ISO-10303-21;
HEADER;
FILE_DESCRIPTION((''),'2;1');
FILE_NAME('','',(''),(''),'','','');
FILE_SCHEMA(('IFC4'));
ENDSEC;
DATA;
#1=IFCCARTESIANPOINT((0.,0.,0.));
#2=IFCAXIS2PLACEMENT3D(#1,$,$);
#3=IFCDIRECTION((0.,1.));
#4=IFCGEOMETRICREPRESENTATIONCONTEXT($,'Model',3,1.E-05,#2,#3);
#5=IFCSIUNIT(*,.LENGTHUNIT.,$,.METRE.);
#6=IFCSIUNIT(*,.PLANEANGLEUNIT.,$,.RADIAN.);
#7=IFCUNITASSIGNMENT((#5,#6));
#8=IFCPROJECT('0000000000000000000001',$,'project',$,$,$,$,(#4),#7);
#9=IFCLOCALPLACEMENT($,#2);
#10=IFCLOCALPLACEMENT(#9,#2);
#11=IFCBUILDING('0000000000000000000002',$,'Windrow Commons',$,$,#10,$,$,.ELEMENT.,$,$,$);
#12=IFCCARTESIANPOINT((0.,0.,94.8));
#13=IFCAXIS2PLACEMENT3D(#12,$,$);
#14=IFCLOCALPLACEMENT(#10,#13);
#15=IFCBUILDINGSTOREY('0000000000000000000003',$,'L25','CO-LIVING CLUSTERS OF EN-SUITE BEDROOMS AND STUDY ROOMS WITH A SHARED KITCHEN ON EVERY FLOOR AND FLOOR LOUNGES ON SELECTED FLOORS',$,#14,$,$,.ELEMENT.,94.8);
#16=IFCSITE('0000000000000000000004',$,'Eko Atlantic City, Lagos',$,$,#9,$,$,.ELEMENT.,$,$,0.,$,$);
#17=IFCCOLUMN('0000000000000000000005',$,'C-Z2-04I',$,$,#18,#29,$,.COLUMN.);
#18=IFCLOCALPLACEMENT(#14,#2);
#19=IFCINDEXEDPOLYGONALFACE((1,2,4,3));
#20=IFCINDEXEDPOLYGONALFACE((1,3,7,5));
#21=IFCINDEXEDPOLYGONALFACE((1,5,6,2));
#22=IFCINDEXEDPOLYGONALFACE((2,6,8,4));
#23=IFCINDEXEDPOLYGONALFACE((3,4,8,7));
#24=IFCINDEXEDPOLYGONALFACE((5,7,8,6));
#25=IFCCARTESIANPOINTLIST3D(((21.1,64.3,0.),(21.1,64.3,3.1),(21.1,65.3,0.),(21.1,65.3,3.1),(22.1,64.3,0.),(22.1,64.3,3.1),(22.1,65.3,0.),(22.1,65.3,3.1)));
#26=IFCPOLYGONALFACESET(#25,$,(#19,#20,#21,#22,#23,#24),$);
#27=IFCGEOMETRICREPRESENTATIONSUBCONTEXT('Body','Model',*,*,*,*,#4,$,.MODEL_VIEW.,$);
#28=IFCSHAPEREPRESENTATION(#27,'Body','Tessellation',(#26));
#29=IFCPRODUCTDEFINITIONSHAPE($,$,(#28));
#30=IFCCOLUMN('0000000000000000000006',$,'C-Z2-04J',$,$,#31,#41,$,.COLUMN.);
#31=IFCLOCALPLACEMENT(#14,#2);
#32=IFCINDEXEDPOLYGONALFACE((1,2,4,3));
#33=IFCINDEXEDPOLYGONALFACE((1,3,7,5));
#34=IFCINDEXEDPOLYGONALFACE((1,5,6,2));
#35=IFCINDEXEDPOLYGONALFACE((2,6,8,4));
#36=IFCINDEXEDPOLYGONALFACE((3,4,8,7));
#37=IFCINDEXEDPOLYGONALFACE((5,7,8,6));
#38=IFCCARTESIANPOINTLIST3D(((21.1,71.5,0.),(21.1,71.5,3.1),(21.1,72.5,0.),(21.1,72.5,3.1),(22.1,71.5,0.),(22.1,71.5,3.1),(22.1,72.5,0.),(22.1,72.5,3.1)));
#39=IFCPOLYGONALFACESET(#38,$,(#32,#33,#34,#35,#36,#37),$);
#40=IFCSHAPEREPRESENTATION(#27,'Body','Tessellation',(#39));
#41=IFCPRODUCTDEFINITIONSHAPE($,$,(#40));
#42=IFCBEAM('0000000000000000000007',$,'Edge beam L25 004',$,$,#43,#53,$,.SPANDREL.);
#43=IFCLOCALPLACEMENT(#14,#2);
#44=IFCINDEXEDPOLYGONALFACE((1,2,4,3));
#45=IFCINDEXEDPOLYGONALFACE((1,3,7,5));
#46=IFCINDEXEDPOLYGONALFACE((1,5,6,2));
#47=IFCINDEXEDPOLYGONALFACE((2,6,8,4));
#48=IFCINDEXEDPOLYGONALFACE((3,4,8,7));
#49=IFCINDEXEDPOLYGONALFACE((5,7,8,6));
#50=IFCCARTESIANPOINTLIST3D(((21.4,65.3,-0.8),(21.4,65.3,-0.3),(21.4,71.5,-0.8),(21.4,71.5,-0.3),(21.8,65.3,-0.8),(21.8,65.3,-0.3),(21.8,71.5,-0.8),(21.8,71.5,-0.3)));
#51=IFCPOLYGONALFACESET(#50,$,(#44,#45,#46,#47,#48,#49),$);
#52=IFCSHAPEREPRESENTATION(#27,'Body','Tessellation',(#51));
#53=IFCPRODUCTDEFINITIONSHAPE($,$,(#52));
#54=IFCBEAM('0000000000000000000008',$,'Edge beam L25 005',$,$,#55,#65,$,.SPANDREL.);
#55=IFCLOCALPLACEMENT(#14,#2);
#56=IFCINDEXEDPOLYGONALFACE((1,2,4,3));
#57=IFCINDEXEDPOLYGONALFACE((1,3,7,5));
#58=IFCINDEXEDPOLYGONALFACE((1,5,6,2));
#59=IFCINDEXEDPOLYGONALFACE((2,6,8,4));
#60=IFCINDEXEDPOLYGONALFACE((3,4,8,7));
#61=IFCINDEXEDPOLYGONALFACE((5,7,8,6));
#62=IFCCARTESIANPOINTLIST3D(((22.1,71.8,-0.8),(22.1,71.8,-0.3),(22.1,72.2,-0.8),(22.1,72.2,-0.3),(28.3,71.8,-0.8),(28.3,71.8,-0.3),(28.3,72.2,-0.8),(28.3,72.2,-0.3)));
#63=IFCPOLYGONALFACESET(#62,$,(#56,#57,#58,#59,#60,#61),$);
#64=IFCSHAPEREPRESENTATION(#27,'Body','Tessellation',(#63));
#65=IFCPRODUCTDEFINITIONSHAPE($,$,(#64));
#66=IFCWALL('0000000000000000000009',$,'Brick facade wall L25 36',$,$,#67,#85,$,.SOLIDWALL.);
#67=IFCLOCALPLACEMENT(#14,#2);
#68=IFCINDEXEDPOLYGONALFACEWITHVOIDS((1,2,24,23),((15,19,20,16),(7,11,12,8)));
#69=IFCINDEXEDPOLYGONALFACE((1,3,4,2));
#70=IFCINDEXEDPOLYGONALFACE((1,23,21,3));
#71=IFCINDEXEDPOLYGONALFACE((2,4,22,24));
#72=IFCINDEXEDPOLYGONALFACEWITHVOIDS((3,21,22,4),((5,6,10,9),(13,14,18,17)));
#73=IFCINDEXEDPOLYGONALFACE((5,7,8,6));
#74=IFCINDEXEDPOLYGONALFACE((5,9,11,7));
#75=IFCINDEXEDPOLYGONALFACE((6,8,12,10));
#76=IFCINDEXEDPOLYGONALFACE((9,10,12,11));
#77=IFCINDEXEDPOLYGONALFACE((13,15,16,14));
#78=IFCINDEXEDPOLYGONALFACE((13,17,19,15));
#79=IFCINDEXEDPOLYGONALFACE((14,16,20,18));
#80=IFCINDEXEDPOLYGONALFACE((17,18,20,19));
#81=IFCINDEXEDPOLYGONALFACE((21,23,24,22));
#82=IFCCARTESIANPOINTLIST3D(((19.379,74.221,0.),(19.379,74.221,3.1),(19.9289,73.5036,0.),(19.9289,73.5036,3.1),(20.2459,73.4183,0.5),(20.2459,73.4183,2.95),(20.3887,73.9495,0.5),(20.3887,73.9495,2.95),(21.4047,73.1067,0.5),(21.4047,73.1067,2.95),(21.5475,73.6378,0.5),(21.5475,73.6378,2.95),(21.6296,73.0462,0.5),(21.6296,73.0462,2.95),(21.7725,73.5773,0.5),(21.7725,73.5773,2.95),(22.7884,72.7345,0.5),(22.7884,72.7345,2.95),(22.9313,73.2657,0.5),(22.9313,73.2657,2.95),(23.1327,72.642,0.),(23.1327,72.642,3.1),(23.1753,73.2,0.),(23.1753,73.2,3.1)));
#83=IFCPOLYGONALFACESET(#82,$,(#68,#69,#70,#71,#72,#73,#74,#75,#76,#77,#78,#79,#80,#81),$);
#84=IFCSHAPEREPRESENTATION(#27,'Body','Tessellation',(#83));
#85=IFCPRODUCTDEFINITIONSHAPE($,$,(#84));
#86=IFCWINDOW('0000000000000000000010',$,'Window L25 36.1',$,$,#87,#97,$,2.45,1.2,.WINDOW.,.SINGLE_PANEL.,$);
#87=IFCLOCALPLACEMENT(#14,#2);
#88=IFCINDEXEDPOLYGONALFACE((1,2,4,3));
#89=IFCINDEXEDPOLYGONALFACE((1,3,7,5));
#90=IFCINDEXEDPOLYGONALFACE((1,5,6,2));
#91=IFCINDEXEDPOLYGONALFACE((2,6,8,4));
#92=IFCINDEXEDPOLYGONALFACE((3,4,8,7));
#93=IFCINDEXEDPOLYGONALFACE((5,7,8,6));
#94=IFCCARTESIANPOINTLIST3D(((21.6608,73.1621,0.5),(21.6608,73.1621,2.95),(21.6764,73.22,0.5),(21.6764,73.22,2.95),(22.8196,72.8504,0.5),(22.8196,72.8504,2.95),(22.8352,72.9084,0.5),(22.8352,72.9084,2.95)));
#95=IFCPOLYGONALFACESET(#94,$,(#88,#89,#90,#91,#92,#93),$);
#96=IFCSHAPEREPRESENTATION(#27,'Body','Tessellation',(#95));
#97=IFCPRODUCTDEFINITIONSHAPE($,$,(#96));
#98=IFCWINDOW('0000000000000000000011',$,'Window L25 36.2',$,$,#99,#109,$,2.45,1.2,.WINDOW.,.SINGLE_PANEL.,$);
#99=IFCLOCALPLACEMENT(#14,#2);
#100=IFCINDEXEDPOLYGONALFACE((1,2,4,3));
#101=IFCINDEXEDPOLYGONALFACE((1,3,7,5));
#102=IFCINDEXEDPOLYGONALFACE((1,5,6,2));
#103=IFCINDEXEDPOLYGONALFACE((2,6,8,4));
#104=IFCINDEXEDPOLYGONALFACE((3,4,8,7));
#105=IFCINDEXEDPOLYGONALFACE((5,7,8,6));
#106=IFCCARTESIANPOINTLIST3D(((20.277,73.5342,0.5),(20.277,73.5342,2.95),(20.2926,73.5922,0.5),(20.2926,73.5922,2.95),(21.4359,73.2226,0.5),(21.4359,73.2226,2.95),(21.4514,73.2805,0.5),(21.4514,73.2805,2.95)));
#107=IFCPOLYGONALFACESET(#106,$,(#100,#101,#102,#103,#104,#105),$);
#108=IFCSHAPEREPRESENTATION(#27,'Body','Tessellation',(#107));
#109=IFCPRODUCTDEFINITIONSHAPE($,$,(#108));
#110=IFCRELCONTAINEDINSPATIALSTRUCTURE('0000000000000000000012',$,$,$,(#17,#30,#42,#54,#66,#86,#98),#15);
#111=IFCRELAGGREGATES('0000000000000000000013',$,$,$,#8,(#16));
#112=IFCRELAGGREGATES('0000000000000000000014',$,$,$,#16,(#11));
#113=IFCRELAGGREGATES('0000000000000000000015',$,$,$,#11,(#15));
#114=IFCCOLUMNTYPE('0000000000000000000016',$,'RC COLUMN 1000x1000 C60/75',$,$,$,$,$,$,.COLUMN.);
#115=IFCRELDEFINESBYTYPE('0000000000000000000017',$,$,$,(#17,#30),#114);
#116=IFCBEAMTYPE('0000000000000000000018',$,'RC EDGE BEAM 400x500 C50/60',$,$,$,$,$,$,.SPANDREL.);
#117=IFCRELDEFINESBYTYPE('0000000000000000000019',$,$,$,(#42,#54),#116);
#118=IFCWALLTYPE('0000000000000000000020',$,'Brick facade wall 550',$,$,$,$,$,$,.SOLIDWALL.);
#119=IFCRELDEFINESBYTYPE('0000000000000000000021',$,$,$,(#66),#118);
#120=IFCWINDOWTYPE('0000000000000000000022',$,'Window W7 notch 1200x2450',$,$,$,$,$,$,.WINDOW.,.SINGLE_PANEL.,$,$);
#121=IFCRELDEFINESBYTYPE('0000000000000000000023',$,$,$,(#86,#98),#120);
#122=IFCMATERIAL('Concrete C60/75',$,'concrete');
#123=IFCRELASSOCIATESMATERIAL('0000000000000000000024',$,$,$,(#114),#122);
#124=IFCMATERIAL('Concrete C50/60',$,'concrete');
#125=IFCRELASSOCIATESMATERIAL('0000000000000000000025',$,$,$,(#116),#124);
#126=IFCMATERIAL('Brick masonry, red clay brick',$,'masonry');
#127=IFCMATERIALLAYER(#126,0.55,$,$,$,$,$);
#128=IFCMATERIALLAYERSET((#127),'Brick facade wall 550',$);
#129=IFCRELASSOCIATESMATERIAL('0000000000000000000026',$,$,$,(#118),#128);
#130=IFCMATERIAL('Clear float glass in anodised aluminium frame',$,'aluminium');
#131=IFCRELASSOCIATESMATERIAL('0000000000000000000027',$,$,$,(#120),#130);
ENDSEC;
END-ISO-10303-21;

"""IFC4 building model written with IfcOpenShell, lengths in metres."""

from ifc_helpers import new_model, si_unit, direction, frame, frame_2d, origin, origin_2d, place, context, subcontext, project, spatial, polyline, rectangle, outline, extrude, material, layer, layer_set, material_profile, profile_set, type_object, element, fill, save


model = new_model("IFC4")

# Units and contexts
model_context = context("Model", 3, precision=1e-05, world=origin(), true_north=direction((0.0, 1.0)))
body_context = subcontext(model_context, "Body", "Model", "MODEL_VIEW")
ifc_project = project(units=[si_unit("LENGTHUNIT", "METRE"), si_unit("PLANEANGLEUNIT", "RADIAN")], contexts=[model_context])

# Site, building, storey
site_placement = place(None, origin())
site = spatial("IfcSite", under=ifc_project, at=site_placement, Name="Eko Atlantic City, Lagos", CompositionType="ELEMENT", RefElevation=0.0)
building_placement = place(site_placement, origin())
building = spatial("IfcBuilding", under=site, at=building_placement, Name="Windrow Commons", CompositionType="ELEMENT")
storey_placement = place(building_placement, frame((0.0, 0.0, 94.8)))
storey = spatial("IfcBuildingStorey", under=building, at=storey_placement, Name="L25", Description="CO-LIVING CLUSTERS OF EN-SUITE BEDROOMS AND STUDY ROOMS WITH A SHARED KITCHEN ON EVERY FLOOR AND FLOOR LOUNGES ON SELECTED FLOORS", CompositionType="ELEMENT", Elevation=94.8)

# Columns
ifc_material_1 = material(Name="Concrete C60/75", Category="concrete")
ifc_material_profile_1 = material_profile(ifc_material_1, rectangle(XDim=1.0, YDim=1.0, at=origin_2d()))
ifc_profile_set_1 = profile_set([ifc_material_profile_1], Name="Concrete C60/75")
column_type = type_object("IfcColumnType", Name="RC COLUMN 1000x1000 C60/75", PredefinedType="COLUMN", material=ifc_profile_set_1)
for number, where, z_axis, x_axis, name in (
    (1, (21.6, 64.8, 0.0), (0.0, 0.0, 1.0), (1.0, 0.0, 0.0), "C-Z2-04I"),
    (2, (21.6, 72.0, 0.0), (0.0, 0.0, 1.0), (1.0, 0.0, 0.0), "C-Z2-04J"),
):
    element("IfcColumn", number, at=place(storey_placement, frame(where, z_axis=z_axis, x_axis=x_axis)), inside=storey, type_object=column_type, Name=name, PredefinedType="COLUMN", context=body_context, shape_type="SweptSolid", body=[
        extrude(rectangle(XDim=1.0, YDim=1.0, at=origin_2d()), origin(), (0.0, 0.0, 1.0), 3.1),
    ])

# Beams
ifc_material_2 = material(Name="Concrete C50/60", Category="concrete")
ifc_material_profile_2 = material_profile(ifc_material_2, rectangle(XDim=0.4, YDim=0.5, at=origin_2d()))
ifc_profile_set_2 = profile_set([ifc_material_profile_2], Name="Concrete C50/60")
beam_type = type_object("IfcBeamType", Name="RC EDGE BEAM 400x500 C50/60", PredefinedType="SPANDREL", material=ifc_profile_set_2)
for number, where, z_axis, x_axis, name in (
    (3, (21.6, 65.3, -0.55), (0.0, 1.0, 0.0), (-1.0, 0.0, 0.0), "Edge beam L25 004"),
    (4, (22.1, 72.0, -0.55), (1.0, 0.0, 0.0), (0.0, 1.0, 0.0), "Edge beam L25 005"),
):
    element("IfcBeam", number, at=place(storey_placement, frame(where, z_axis=z_axis, x_axis=x_axis)), inside=storey, type_object=beam_type, Name=name, PredefinedType="SPANDREL", context=body_context, shape_type="SweptSolid", body=[
        extrude(rectangle(XDim=0.4, YDim=0.5, at=origin_2d()), origin(), (0.0, 0.0, 1.0), 6.2),
    ])

# Wall, openings, windows
ifc_material_3 = material(Name="Brick masonry, red clay brick", Category="masonry")
ifc_layer_1 = layer(ifc_material_3, 0.55)
ifc_layer_set_1 = layer_set([ifc_layer_1], Name="Brick facade wall 550")
wall_type_1 = type_object("IfcWallType", Name="Brick facade wall 550", PredefinedType="SOLIDWALL", material=ifc_layer_set_1)
wall_1_placement = place(storey_placement, frame((23.154, 72.921, 0.0), z_axis=(0.0, 0.0, 1.0), x_axis=(-0.965686, 0.259714, 0.0)))
wall_1 = element("IfcWall", 5, at=wall_1_placement, inside=storey, type_object=wall_type_1, Name="Brick facade wall L25 36", PredefinedType="SOLIDWALL", context=body_context, shape_type="SweptSolid", body=[
    extrude(outline(polyline([(0.0519, -0.275), (3.9831, -0.275), (3.2657, 0.275), (-0.0519, 0.275), (0.0519, -0.275)])), origin(), (0.0, 0.0, 1.0), 3.1),
])
opening_1_placement = place(wall_1_placement, frame((0.3046, 0.0, 0.5)))
opening_1 = element("IfcOpeningElement", 6, at=opening_1_placement, cuts=wall_1, PredefinedType="OPENING", context=body_context, shape_type="SweptSolid", body=[
    extrude(rectangle(XDim=1.2, YDim=2.45, at=frame_2d((0.6, 1.225))), frame((0.0, 0.285, 0.0), z_axis=(0.0, -1.0, 0.0), x_axis=(1.0, 0.0, 0.0)), (0.0, 0.0, 1.0), 0.57),
])
opening_2_placement = place(wall_1_placement, frame((1.7375, 0.0, 0.5)))
opening_2 = element("IfcOpeningElement", 7, at=opening_2_placement, cuts=wall_1, PredefinedType="OPENING", context=body_context, shape_type="SweptSolid", body=[
    extrude(rectangle(XDim=1.2, YDim=2.45, at=frame_2d((0.6, 1.225))), frame((0.0, 0.285, 0.0), z_axis=(0.0, -1.0, 0.0), x_axis=(1.0, 0.0, 0.0)), (0.0, 0.0, 1.0), 0.57),
])
ifc_material_4 = material(Name="Clear float glass in anodised aluminium frame", Category="aluminium")
window_type_1 = type_object("IfcWindowType", Name="Window W7 notch 1200x2450", PartitioningType="SINGLE_PANEL", PredefinedType="WINDOW", material=ifc_material_4)
window_1_placement = place(opening_1_placement, origin())
window_1 = element("IfcWindow", 8, at=window_1_placement, inside=storey, type_object=window_type_1, Name="Window L25 36.1", OverallHeight=2.45, OverallWidth=1.2, PartitioningType="SINGLE_PANEL", PredefinedType="WINDOW", context=body_context, shape_type="SweptSolid", body=[
    extrude(rectangle(XDim=1.2, YDim=2.45, at=frame_2d((0.6, 1.225))), frame((0.0, 0.155, 0.0), z_axis=(0.0, -1.0, 0.0), x_axis=(1.0, 0.0, 0.0)), (0.0, 0.0, 1.0), 0.06),
])
fill(opening_1, window_1)
window_2_placement = place(opening_2_placement, origin())
window_2 = element("IfcWindow", 9, at=window_2_placement, inside=storey, type_object=window_type_1, Name="Window L25 36.2", OverallHeight=2.45, OverallWidth=1.2, PartitioningType="SINGLE_PANEL", PredefinedType="WINDOW", context=body_context, shape_type="SweptSolid", body=[
    extrude(rectangle(XDim=1.2, YDim=2.45, at=frame_2d((0.6, 1.225))), frame((0.0, 0.155, 0.0), z_axis=(0.0, -1.0, 0.0), x_axis=(1.0, 0.0, 0.0)), (0.0, 0.0, 1.0), 0.06),
])
fill(opening_2, window_2)

save(model, "model.ifc")
